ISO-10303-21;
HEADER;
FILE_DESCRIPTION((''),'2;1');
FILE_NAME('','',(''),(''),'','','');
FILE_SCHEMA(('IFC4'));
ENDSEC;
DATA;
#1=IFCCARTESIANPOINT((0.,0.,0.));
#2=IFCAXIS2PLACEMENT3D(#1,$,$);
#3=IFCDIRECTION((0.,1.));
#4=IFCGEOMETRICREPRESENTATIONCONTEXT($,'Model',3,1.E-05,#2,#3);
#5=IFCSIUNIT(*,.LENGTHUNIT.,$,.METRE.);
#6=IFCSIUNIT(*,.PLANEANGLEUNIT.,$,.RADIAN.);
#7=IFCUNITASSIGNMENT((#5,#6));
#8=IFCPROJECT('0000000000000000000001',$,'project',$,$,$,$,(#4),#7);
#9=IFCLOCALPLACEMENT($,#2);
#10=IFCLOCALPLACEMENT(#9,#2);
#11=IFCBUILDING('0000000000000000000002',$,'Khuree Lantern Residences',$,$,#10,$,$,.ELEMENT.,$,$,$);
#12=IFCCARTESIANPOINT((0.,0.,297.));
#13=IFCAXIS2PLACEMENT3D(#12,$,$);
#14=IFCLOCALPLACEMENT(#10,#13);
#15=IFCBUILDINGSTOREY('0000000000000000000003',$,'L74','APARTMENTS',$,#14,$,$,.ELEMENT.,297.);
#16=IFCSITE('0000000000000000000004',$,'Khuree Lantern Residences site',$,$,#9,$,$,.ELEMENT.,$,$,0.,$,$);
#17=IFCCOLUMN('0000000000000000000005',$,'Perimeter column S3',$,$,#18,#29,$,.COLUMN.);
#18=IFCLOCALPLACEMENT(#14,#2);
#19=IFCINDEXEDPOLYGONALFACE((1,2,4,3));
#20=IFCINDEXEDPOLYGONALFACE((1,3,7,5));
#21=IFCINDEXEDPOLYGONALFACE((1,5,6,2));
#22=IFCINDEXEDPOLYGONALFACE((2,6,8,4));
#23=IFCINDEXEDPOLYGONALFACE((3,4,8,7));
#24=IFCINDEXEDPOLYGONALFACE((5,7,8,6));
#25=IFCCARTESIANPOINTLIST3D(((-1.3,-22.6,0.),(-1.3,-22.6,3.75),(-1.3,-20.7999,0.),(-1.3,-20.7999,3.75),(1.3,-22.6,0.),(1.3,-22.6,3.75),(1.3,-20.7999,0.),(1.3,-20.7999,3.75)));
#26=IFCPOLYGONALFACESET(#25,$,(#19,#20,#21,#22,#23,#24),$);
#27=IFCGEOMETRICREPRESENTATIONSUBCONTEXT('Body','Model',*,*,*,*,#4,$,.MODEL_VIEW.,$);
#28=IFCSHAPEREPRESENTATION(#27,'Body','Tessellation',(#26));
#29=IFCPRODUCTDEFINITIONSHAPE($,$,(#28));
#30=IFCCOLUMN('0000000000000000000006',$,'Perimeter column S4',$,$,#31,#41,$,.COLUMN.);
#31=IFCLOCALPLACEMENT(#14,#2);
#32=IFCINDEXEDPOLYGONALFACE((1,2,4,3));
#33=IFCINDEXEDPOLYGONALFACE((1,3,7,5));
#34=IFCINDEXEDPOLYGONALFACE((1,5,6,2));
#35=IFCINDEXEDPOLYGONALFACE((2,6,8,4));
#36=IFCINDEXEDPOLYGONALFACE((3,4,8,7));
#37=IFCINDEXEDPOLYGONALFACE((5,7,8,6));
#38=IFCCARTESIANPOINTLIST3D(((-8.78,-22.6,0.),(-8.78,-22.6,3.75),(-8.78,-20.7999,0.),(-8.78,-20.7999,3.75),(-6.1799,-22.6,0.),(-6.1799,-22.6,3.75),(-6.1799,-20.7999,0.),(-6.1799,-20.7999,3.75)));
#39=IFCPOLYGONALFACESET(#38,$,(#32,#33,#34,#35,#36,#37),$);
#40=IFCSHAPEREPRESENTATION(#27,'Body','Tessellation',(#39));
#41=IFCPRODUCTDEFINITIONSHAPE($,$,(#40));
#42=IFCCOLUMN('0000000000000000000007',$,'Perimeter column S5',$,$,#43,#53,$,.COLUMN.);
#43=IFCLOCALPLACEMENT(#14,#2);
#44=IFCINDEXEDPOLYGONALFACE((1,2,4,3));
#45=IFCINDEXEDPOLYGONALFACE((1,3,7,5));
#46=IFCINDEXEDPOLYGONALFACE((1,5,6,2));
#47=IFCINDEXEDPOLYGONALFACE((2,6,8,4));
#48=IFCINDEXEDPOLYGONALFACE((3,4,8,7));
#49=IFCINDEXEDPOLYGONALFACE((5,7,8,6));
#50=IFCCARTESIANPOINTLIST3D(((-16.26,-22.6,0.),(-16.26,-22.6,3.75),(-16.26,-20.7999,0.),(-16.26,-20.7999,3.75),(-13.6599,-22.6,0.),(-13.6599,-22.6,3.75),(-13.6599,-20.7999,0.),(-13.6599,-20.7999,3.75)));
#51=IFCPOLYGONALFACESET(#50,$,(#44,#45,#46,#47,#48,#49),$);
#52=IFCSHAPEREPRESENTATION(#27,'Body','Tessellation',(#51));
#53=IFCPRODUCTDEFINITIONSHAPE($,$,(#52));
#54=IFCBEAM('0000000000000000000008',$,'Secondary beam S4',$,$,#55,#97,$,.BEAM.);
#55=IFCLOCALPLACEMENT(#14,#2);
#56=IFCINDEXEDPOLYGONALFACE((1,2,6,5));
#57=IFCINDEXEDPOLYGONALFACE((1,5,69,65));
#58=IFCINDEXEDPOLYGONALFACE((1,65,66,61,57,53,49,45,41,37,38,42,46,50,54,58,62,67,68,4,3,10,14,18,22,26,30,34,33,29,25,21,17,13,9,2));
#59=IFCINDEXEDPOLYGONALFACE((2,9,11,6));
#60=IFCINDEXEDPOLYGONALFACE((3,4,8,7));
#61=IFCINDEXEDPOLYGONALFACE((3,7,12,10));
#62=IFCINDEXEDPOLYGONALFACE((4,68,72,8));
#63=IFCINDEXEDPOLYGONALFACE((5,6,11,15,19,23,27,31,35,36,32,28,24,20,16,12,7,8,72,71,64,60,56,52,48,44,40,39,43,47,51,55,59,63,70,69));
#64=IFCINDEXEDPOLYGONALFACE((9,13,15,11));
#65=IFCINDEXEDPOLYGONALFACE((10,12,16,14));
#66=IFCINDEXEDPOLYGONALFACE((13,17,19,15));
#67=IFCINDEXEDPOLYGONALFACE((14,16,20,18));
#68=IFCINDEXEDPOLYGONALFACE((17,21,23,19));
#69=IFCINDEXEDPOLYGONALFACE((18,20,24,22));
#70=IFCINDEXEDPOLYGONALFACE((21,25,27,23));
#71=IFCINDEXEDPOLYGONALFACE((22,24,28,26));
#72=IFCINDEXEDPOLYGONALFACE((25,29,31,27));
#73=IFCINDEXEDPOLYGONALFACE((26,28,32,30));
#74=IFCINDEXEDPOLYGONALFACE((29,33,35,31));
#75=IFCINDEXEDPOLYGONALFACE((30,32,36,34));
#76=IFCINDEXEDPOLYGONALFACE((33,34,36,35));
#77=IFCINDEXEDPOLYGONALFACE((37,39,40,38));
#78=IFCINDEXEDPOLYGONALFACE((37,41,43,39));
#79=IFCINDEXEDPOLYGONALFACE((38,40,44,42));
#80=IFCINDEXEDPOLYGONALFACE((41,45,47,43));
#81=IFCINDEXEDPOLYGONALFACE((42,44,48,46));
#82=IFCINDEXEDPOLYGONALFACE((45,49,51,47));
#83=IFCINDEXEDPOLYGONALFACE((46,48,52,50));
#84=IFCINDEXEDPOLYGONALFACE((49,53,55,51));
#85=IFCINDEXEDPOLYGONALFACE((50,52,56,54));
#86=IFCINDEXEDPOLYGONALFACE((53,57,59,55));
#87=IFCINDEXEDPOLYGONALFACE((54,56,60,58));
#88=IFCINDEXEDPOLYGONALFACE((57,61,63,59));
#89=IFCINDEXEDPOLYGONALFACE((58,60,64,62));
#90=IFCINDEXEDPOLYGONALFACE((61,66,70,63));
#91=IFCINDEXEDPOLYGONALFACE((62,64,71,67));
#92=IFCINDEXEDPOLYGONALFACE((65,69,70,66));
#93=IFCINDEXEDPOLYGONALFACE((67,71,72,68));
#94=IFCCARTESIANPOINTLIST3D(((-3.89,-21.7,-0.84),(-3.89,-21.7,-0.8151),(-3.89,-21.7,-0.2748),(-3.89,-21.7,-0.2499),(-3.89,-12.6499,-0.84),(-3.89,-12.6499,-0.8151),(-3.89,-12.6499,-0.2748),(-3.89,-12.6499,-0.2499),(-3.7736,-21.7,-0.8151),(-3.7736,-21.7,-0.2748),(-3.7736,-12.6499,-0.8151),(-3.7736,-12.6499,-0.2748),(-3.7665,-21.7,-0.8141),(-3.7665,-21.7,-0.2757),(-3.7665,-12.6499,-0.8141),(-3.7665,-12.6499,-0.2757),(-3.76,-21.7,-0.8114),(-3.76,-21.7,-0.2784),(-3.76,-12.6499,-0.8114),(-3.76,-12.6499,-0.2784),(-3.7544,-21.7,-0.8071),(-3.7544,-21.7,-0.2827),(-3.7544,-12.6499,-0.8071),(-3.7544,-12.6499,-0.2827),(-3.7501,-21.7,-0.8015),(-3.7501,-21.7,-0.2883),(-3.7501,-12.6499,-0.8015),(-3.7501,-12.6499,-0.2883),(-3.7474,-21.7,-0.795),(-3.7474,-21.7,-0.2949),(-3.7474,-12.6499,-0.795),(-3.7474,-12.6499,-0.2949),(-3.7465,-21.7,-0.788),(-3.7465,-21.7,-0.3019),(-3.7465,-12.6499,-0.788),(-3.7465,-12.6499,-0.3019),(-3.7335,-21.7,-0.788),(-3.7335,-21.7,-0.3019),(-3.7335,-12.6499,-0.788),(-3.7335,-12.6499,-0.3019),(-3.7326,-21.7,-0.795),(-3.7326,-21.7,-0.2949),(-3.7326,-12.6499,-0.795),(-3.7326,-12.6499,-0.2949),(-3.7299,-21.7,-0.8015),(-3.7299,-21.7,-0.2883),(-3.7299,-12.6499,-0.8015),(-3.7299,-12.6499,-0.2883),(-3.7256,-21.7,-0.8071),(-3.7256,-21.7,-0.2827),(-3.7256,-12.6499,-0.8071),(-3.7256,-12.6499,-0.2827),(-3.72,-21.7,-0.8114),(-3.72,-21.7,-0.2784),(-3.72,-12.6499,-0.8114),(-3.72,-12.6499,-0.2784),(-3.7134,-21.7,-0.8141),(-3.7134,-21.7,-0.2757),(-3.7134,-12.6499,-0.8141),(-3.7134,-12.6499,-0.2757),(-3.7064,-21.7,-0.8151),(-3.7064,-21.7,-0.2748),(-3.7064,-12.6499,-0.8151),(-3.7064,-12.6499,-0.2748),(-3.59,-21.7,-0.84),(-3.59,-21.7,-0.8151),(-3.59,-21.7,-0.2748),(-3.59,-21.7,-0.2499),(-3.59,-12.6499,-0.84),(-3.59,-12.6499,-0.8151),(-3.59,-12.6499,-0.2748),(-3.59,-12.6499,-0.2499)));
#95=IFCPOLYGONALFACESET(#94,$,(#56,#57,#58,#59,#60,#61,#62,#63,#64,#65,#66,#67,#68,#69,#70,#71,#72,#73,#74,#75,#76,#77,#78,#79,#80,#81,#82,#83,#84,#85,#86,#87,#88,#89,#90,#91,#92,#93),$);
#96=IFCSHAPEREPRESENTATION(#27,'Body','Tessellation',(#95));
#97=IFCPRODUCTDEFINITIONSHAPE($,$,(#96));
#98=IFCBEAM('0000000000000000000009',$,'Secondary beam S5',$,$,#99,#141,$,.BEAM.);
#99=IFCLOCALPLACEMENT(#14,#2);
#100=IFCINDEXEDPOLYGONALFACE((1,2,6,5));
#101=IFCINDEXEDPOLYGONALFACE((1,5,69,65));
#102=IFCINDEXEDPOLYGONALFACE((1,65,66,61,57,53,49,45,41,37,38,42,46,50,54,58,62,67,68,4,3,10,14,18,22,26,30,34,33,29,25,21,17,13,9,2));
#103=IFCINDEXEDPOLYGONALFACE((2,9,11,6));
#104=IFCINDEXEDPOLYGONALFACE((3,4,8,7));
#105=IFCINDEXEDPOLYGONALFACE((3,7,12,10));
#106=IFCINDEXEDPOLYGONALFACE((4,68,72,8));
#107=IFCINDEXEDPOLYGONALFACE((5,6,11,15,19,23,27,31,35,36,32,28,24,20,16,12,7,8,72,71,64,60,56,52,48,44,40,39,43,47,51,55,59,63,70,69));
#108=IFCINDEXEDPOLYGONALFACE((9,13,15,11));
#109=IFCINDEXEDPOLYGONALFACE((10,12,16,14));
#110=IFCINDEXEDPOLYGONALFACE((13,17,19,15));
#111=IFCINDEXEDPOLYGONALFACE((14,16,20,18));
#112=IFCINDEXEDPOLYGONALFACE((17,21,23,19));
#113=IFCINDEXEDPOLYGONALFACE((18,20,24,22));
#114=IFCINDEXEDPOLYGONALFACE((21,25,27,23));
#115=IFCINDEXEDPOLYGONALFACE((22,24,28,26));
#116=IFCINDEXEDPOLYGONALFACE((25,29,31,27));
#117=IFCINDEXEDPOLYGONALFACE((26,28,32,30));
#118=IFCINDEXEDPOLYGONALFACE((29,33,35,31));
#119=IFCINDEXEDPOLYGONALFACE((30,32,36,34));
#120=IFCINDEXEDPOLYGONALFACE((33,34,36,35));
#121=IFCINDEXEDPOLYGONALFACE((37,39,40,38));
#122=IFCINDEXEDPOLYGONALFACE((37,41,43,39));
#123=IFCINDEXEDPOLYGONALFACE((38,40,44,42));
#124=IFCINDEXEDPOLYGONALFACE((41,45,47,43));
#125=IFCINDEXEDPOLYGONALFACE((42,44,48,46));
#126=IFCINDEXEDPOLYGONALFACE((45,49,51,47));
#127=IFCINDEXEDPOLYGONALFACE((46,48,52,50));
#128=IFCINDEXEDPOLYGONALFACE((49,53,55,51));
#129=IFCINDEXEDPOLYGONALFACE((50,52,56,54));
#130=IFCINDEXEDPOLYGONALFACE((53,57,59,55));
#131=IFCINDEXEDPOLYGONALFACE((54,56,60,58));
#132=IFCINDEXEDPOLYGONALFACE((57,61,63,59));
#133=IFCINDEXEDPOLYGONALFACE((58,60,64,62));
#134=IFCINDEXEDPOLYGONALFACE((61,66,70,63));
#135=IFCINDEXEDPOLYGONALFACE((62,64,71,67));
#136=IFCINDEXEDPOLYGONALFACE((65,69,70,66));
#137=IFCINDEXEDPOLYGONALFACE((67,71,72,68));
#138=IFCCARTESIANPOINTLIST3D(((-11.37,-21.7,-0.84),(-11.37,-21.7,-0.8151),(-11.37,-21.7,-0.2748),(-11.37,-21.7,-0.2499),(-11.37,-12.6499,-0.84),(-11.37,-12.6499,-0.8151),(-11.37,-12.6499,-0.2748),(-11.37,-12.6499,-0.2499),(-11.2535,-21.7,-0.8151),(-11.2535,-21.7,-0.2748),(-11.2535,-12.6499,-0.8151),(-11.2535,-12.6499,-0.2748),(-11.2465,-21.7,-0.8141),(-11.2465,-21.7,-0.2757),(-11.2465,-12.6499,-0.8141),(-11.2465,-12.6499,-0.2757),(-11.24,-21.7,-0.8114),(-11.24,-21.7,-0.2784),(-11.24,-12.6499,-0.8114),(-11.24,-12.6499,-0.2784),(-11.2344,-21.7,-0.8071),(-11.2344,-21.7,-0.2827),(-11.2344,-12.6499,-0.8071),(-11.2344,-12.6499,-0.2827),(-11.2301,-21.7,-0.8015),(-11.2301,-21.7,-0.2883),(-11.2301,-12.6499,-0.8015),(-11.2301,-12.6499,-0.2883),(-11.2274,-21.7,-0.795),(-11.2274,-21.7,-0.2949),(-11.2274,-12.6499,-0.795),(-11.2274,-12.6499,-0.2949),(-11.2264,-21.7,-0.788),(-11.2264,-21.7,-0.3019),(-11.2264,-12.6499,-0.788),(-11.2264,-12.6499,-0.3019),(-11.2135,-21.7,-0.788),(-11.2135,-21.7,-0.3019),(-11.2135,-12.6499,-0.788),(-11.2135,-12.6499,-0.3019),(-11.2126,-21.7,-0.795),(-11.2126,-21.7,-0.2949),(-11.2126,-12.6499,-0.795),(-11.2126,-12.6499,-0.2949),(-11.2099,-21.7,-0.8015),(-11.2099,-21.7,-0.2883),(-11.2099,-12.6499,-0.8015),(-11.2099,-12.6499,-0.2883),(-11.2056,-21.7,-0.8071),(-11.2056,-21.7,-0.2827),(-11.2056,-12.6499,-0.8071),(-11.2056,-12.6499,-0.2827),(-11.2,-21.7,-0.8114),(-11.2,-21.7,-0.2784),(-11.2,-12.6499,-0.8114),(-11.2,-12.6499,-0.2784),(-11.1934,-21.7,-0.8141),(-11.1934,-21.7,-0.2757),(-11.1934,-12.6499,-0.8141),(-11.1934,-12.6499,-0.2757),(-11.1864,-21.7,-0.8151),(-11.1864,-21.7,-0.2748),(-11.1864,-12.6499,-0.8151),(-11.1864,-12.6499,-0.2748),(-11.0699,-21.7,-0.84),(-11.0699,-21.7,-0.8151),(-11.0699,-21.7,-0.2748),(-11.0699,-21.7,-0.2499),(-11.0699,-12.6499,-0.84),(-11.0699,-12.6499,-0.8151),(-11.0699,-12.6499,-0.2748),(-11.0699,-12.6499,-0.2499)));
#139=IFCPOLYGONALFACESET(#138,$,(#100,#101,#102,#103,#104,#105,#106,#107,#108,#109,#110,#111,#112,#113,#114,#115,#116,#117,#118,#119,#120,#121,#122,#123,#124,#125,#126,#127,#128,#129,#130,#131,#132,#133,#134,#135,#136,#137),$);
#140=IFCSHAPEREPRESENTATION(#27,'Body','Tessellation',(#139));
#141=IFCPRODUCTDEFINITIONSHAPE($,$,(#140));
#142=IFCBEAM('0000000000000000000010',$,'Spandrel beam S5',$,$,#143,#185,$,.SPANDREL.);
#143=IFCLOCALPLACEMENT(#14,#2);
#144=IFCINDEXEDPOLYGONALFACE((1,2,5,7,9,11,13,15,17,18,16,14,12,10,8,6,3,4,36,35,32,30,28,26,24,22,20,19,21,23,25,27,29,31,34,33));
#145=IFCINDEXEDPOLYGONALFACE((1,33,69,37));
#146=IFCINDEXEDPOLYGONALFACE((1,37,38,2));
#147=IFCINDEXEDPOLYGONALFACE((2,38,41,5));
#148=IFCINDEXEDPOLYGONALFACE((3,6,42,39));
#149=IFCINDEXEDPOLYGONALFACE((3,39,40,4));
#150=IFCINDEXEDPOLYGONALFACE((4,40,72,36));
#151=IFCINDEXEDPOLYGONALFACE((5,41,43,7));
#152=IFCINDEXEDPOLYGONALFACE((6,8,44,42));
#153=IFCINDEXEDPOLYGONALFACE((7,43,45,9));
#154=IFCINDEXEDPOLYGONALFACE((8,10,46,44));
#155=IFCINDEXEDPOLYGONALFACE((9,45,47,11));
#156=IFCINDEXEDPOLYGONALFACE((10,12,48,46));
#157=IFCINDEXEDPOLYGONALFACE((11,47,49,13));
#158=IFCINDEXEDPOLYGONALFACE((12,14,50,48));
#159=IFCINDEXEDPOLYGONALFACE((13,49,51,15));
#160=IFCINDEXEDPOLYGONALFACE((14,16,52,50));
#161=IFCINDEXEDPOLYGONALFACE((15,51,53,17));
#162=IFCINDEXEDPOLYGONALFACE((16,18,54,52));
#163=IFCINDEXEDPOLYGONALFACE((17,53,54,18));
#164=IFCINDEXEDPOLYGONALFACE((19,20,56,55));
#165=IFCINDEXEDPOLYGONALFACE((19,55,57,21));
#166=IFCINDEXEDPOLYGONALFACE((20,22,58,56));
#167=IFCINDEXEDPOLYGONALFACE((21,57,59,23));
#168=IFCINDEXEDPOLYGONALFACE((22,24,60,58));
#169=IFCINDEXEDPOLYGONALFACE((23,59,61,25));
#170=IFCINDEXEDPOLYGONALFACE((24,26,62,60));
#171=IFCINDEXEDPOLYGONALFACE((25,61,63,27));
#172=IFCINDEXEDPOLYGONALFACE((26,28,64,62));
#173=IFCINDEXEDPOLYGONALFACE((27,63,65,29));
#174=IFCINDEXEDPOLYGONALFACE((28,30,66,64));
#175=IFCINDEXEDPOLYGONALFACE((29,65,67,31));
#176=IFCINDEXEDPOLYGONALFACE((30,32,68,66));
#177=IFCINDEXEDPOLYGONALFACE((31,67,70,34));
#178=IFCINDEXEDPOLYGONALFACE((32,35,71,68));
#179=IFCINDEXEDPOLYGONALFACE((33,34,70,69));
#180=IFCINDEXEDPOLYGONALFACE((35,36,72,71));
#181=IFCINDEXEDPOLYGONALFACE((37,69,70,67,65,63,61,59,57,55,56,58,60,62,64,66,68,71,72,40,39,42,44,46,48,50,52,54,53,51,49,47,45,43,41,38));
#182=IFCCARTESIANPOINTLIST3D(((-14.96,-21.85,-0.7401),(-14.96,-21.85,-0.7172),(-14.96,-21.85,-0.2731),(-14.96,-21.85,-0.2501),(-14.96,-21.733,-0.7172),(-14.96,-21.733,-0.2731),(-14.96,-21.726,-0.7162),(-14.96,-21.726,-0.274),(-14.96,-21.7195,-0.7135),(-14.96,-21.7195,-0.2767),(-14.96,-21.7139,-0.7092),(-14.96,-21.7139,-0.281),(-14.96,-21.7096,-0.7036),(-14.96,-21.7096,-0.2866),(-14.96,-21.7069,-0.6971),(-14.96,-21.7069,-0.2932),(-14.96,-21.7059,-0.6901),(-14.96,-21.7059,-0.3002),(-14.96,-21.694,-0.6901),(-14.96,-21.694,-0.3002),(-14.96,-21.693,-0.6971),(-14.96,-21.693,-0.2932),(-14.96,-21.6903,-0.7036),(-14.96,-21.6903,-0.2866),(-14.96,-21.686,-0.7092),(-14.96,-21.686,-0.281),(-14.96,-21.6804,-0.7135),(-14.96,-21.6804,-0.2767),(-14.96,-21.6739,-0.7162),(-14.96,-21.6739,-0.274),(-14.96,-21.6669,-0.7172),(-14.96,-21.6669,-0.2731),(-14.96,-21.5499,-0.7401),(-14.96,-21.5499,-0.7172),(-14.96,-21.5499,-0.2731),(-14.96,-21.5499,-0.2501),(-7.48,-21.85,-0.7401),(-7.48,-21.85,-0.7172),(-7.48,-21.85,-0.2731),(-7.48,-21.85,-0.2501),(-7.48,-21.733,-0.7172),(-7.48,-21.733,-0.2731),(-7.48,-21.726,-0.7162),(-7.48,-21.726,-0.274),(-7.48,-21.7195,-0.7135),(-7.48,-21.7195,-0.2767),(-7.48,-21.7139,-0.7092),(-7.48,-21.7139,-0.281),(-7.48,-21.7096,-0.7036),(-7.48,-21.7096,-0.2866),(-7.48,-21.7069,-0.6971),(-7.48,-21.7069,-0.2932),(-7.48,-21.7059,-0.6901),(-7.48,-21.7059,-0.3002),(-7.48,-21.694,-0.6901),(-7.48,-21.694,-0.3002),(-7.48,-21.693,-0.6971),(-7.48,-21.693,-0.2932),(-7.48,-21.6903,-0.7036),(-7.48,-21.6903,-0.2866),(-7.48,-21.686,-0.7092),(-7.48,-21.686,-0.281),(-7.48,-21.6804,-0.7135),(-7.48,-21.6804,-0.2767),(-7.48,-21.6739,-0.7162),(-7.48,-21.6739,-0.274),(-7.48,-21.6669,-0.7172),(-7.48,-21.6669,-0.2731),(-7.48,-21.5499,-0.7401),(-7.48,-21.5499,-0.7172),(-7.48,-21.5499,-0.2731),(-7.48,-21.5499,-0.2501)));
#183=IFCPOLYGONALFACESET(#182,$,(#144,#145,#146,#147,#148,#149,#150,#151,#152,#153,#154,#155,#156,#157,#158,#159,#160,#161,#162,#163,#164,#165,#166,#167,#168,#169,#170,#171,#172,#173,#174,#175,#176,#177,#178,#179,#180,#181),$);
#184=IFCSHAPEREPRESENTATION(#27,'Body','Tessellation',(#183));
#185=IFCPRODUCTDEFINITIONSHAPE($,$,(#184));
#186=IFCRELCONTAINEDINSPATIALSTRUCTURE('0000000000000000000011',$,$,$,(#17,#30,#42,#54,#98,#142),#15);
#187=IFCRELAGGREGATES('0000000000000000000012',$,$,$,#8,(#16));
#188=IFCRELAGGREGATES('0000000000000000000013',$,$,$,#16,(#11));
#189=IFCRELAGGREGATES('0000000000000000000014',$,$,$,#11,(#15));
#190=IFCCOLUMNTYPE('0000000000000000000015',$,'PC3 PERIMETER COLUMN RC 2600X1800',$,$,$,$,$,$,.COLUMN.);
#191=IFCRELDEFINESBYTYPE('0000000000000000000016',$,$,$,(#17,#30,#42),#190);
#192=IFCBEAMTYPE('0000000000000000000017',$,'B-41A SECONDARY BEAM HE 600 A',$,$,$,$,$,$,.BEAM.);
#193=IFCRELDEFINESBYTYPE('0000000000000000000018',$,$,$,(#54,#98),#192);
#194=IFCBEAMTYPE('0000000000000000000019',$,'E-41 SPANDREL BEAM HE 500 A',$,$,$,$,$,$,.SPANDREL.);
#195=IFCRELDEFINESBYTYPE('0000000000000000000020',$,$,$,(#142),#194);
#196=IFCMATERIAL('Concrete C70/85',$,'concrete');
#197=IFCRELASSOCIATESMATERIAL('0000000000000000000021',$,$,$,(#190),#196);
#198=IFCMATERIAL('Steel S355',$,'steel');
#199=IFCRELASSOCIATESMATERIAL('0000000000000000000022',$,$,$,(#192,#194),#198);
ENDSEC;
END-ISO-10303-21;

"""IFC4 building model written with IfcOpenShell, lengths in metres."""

from ifc_helpers import new_model, si_unit, direction, frame, origin, origin_2d, place, context, subcontext, project, spatial, rectangle, i_section, extrude, material, material_profile, profile_set, type_object, element, save


model = new_model("IFC4")

# Units and contexts
model_context = context("Model", 3, precision=1e-05, world=origin(), true_north=direction((0.0, 1.0)))
body_context = subcontext(model_context, "Body", "Model", "MODEL_VIEW")
ifc_project = project(units=[si_unit("LENGTHUNIT", "METRE"), si_unit("PLANEANGLEUNIT", "RADIAN")], contexts=[model_context])

# Site, building, storey
site_placement = place(None, origin())
site = spatial("IfcSite", under=ifc_project, at=site_placement, Name="Khuree Lantern Residences site", CompositionType="ELEMENT", RefElevation=0.0)
building_placement = place(site_placement, origin())
building = spatial("IfcBuilding", under=site, at=building_placement, Name="Khuree Lantern Residences", CompositionType="ELEMENT")
storey_placement = place(building_placement, frame((0.0, 0.0, 297.0)))
storey = spatial("IfcBuildingStorey", under=building, at=storey_placement, Name="L74", Description="APARTMENTS", CompositionType="ELEMENT", Elevation=297.0)

# Columns
ifc_material_1 = material(Name="Concrete C70/85", Category="concrete")
ifc_material_profile_1 = material_profile(ifc_material_1, rectangle(XDim=2.6001, YDim=1.8, at=origin_2d()), Name="RC 2600X1800")
ifc_profile_set_1 = profile_set([ifc_material_profile_1], Name="Concrete C70/85")
column_type = type_object("IfcColumnType", Name="PC3 PERIMETER COLUMN RC 2600X1800", PredefinedType="COLUMN", material=ifc_profile_set_1)
for number, where, z_axis, x_axis, name in (
    (1, (0.0, -21.7, 0.0), (0.0, 0.0, 1.0), (1.0, 0.0, 0.0), "Perimeter column S3"),
    (2, (-7.48, -21.7, 0.0), (0.0, 0.0, 1.0), (1.0, 0.0, 0.0), "Perimeter column S4"),
    (3, (-14.96, -21.7, 0.0), (0.0, 0.0, 1.0), (1.0, 0.0, 0.0), "Perimeter column S5"),
):
    element("IfcColumn", number, at=place(storey_placement, frame(where, z_axis=z_axis, x_axis=x_axis)), inside=storey, type_object=column_type, Name=name, PredefinedType="COLUMN", context=body_context, shape_type="SweptSolid", body=[
        extrude(rectangle(XDim=2.6001, YDim=1.8, at=origin_2d()), origin(), (0.0, 0.0, 1.0), 3.75),
    ])

# Beams
ifc_material_2 = material(Name="Steel S355", Category="steel")
ifc_material_profile_2 = material_profile(ifc_material_2, i_section(OverallWidth=0.3, OverallDepth=0.5901, WebThickness=0.0129, FlangeThickness=0.0249, FilletRadius=0.0271, at=origin_2d()), Name="HE 600 A")
ifc_profile_set_2 = profile_set([ifc_material_profile_2], Name="Steel S355")
beam_type_1 = type_object("IfcBeamType", Name="B-41A SECONDARY BEAM HE 600 A", PredefinedType="BEAM", material=ifc_profile_set_2)
for number, where, z_axis, x_axis, name in (
    (4, (-3.74, -21.7, -0.5449), (0.0, 1.0, 0.0), (-1.0, 0.0, 0.0), "Secondary beam S4"),
    (5, (-11.22, -21.7, -0.5449), (0.0, 1.0, 0.0), (-1.0, 0.0, 0.0), "Secondary beam S5"),
):
    element("IfcBeam", number, at=place(storey_placement, frame(where, z_axis=z_axis, x_axis=x_axis)), inside=storey, type_object=beam_type_1, Name=name, PredefinedType="BEAM", context=body_context, shape_type="SweptSolid", body=[
        extrude(i_section(OverallWidth=0.3, OverallDepth=0.5901, WebThickness=0.0129, FlangeThickness=0.0249, FilletRadius=0.0271, at=origin_2d()), origin(), (0.0, 0.0, 1.0), 9.05),
    ])
ifc_material_profile_3 = material_profile(ifc_material_2, i_section(OverallWidth=0.3, OverallDepth=0.49, WebThickness=0.012, FlangeThickness=0.0229, FilletRadius=0.0271, at=origin_2d()), Name="HE 500 A")
ifc_profile_set_3 = profile_set([ifc_material_profile_3], Name="Steel S355")
beam_type_2 = type_object("IfcBeamType", Name="E-41 SPANDREL BEAM HE 500 A", PredefinedType="SPANDREL", material=ifc_profile_set_3)
beam_1_placement = place(storey_placement, frame((-7.48, -21.7, -0.4951), z_axis=(-1.0, 0.0, 0.0), x_axis=(0.0, -1.0, 0.0)))
element("IfcBeam", 6, at=beam_1_placement, inside=storey, type_object=beam_type_2, Name="Spandrel beam S5", PredefinedType="SPANDREL", context=body_context, shape_type="SweptSolid", body=[
    extrude(i_section(OverallWidth=0.3, OverallDepth=0.49, WebThickness=0.012, FlangeThickness=0.0229, FilletRadius=0.0271, at=origin_2d()), origin(), (0.0, 0.0, 1.0), 7.48),
])

save(model, "model.ifc")
